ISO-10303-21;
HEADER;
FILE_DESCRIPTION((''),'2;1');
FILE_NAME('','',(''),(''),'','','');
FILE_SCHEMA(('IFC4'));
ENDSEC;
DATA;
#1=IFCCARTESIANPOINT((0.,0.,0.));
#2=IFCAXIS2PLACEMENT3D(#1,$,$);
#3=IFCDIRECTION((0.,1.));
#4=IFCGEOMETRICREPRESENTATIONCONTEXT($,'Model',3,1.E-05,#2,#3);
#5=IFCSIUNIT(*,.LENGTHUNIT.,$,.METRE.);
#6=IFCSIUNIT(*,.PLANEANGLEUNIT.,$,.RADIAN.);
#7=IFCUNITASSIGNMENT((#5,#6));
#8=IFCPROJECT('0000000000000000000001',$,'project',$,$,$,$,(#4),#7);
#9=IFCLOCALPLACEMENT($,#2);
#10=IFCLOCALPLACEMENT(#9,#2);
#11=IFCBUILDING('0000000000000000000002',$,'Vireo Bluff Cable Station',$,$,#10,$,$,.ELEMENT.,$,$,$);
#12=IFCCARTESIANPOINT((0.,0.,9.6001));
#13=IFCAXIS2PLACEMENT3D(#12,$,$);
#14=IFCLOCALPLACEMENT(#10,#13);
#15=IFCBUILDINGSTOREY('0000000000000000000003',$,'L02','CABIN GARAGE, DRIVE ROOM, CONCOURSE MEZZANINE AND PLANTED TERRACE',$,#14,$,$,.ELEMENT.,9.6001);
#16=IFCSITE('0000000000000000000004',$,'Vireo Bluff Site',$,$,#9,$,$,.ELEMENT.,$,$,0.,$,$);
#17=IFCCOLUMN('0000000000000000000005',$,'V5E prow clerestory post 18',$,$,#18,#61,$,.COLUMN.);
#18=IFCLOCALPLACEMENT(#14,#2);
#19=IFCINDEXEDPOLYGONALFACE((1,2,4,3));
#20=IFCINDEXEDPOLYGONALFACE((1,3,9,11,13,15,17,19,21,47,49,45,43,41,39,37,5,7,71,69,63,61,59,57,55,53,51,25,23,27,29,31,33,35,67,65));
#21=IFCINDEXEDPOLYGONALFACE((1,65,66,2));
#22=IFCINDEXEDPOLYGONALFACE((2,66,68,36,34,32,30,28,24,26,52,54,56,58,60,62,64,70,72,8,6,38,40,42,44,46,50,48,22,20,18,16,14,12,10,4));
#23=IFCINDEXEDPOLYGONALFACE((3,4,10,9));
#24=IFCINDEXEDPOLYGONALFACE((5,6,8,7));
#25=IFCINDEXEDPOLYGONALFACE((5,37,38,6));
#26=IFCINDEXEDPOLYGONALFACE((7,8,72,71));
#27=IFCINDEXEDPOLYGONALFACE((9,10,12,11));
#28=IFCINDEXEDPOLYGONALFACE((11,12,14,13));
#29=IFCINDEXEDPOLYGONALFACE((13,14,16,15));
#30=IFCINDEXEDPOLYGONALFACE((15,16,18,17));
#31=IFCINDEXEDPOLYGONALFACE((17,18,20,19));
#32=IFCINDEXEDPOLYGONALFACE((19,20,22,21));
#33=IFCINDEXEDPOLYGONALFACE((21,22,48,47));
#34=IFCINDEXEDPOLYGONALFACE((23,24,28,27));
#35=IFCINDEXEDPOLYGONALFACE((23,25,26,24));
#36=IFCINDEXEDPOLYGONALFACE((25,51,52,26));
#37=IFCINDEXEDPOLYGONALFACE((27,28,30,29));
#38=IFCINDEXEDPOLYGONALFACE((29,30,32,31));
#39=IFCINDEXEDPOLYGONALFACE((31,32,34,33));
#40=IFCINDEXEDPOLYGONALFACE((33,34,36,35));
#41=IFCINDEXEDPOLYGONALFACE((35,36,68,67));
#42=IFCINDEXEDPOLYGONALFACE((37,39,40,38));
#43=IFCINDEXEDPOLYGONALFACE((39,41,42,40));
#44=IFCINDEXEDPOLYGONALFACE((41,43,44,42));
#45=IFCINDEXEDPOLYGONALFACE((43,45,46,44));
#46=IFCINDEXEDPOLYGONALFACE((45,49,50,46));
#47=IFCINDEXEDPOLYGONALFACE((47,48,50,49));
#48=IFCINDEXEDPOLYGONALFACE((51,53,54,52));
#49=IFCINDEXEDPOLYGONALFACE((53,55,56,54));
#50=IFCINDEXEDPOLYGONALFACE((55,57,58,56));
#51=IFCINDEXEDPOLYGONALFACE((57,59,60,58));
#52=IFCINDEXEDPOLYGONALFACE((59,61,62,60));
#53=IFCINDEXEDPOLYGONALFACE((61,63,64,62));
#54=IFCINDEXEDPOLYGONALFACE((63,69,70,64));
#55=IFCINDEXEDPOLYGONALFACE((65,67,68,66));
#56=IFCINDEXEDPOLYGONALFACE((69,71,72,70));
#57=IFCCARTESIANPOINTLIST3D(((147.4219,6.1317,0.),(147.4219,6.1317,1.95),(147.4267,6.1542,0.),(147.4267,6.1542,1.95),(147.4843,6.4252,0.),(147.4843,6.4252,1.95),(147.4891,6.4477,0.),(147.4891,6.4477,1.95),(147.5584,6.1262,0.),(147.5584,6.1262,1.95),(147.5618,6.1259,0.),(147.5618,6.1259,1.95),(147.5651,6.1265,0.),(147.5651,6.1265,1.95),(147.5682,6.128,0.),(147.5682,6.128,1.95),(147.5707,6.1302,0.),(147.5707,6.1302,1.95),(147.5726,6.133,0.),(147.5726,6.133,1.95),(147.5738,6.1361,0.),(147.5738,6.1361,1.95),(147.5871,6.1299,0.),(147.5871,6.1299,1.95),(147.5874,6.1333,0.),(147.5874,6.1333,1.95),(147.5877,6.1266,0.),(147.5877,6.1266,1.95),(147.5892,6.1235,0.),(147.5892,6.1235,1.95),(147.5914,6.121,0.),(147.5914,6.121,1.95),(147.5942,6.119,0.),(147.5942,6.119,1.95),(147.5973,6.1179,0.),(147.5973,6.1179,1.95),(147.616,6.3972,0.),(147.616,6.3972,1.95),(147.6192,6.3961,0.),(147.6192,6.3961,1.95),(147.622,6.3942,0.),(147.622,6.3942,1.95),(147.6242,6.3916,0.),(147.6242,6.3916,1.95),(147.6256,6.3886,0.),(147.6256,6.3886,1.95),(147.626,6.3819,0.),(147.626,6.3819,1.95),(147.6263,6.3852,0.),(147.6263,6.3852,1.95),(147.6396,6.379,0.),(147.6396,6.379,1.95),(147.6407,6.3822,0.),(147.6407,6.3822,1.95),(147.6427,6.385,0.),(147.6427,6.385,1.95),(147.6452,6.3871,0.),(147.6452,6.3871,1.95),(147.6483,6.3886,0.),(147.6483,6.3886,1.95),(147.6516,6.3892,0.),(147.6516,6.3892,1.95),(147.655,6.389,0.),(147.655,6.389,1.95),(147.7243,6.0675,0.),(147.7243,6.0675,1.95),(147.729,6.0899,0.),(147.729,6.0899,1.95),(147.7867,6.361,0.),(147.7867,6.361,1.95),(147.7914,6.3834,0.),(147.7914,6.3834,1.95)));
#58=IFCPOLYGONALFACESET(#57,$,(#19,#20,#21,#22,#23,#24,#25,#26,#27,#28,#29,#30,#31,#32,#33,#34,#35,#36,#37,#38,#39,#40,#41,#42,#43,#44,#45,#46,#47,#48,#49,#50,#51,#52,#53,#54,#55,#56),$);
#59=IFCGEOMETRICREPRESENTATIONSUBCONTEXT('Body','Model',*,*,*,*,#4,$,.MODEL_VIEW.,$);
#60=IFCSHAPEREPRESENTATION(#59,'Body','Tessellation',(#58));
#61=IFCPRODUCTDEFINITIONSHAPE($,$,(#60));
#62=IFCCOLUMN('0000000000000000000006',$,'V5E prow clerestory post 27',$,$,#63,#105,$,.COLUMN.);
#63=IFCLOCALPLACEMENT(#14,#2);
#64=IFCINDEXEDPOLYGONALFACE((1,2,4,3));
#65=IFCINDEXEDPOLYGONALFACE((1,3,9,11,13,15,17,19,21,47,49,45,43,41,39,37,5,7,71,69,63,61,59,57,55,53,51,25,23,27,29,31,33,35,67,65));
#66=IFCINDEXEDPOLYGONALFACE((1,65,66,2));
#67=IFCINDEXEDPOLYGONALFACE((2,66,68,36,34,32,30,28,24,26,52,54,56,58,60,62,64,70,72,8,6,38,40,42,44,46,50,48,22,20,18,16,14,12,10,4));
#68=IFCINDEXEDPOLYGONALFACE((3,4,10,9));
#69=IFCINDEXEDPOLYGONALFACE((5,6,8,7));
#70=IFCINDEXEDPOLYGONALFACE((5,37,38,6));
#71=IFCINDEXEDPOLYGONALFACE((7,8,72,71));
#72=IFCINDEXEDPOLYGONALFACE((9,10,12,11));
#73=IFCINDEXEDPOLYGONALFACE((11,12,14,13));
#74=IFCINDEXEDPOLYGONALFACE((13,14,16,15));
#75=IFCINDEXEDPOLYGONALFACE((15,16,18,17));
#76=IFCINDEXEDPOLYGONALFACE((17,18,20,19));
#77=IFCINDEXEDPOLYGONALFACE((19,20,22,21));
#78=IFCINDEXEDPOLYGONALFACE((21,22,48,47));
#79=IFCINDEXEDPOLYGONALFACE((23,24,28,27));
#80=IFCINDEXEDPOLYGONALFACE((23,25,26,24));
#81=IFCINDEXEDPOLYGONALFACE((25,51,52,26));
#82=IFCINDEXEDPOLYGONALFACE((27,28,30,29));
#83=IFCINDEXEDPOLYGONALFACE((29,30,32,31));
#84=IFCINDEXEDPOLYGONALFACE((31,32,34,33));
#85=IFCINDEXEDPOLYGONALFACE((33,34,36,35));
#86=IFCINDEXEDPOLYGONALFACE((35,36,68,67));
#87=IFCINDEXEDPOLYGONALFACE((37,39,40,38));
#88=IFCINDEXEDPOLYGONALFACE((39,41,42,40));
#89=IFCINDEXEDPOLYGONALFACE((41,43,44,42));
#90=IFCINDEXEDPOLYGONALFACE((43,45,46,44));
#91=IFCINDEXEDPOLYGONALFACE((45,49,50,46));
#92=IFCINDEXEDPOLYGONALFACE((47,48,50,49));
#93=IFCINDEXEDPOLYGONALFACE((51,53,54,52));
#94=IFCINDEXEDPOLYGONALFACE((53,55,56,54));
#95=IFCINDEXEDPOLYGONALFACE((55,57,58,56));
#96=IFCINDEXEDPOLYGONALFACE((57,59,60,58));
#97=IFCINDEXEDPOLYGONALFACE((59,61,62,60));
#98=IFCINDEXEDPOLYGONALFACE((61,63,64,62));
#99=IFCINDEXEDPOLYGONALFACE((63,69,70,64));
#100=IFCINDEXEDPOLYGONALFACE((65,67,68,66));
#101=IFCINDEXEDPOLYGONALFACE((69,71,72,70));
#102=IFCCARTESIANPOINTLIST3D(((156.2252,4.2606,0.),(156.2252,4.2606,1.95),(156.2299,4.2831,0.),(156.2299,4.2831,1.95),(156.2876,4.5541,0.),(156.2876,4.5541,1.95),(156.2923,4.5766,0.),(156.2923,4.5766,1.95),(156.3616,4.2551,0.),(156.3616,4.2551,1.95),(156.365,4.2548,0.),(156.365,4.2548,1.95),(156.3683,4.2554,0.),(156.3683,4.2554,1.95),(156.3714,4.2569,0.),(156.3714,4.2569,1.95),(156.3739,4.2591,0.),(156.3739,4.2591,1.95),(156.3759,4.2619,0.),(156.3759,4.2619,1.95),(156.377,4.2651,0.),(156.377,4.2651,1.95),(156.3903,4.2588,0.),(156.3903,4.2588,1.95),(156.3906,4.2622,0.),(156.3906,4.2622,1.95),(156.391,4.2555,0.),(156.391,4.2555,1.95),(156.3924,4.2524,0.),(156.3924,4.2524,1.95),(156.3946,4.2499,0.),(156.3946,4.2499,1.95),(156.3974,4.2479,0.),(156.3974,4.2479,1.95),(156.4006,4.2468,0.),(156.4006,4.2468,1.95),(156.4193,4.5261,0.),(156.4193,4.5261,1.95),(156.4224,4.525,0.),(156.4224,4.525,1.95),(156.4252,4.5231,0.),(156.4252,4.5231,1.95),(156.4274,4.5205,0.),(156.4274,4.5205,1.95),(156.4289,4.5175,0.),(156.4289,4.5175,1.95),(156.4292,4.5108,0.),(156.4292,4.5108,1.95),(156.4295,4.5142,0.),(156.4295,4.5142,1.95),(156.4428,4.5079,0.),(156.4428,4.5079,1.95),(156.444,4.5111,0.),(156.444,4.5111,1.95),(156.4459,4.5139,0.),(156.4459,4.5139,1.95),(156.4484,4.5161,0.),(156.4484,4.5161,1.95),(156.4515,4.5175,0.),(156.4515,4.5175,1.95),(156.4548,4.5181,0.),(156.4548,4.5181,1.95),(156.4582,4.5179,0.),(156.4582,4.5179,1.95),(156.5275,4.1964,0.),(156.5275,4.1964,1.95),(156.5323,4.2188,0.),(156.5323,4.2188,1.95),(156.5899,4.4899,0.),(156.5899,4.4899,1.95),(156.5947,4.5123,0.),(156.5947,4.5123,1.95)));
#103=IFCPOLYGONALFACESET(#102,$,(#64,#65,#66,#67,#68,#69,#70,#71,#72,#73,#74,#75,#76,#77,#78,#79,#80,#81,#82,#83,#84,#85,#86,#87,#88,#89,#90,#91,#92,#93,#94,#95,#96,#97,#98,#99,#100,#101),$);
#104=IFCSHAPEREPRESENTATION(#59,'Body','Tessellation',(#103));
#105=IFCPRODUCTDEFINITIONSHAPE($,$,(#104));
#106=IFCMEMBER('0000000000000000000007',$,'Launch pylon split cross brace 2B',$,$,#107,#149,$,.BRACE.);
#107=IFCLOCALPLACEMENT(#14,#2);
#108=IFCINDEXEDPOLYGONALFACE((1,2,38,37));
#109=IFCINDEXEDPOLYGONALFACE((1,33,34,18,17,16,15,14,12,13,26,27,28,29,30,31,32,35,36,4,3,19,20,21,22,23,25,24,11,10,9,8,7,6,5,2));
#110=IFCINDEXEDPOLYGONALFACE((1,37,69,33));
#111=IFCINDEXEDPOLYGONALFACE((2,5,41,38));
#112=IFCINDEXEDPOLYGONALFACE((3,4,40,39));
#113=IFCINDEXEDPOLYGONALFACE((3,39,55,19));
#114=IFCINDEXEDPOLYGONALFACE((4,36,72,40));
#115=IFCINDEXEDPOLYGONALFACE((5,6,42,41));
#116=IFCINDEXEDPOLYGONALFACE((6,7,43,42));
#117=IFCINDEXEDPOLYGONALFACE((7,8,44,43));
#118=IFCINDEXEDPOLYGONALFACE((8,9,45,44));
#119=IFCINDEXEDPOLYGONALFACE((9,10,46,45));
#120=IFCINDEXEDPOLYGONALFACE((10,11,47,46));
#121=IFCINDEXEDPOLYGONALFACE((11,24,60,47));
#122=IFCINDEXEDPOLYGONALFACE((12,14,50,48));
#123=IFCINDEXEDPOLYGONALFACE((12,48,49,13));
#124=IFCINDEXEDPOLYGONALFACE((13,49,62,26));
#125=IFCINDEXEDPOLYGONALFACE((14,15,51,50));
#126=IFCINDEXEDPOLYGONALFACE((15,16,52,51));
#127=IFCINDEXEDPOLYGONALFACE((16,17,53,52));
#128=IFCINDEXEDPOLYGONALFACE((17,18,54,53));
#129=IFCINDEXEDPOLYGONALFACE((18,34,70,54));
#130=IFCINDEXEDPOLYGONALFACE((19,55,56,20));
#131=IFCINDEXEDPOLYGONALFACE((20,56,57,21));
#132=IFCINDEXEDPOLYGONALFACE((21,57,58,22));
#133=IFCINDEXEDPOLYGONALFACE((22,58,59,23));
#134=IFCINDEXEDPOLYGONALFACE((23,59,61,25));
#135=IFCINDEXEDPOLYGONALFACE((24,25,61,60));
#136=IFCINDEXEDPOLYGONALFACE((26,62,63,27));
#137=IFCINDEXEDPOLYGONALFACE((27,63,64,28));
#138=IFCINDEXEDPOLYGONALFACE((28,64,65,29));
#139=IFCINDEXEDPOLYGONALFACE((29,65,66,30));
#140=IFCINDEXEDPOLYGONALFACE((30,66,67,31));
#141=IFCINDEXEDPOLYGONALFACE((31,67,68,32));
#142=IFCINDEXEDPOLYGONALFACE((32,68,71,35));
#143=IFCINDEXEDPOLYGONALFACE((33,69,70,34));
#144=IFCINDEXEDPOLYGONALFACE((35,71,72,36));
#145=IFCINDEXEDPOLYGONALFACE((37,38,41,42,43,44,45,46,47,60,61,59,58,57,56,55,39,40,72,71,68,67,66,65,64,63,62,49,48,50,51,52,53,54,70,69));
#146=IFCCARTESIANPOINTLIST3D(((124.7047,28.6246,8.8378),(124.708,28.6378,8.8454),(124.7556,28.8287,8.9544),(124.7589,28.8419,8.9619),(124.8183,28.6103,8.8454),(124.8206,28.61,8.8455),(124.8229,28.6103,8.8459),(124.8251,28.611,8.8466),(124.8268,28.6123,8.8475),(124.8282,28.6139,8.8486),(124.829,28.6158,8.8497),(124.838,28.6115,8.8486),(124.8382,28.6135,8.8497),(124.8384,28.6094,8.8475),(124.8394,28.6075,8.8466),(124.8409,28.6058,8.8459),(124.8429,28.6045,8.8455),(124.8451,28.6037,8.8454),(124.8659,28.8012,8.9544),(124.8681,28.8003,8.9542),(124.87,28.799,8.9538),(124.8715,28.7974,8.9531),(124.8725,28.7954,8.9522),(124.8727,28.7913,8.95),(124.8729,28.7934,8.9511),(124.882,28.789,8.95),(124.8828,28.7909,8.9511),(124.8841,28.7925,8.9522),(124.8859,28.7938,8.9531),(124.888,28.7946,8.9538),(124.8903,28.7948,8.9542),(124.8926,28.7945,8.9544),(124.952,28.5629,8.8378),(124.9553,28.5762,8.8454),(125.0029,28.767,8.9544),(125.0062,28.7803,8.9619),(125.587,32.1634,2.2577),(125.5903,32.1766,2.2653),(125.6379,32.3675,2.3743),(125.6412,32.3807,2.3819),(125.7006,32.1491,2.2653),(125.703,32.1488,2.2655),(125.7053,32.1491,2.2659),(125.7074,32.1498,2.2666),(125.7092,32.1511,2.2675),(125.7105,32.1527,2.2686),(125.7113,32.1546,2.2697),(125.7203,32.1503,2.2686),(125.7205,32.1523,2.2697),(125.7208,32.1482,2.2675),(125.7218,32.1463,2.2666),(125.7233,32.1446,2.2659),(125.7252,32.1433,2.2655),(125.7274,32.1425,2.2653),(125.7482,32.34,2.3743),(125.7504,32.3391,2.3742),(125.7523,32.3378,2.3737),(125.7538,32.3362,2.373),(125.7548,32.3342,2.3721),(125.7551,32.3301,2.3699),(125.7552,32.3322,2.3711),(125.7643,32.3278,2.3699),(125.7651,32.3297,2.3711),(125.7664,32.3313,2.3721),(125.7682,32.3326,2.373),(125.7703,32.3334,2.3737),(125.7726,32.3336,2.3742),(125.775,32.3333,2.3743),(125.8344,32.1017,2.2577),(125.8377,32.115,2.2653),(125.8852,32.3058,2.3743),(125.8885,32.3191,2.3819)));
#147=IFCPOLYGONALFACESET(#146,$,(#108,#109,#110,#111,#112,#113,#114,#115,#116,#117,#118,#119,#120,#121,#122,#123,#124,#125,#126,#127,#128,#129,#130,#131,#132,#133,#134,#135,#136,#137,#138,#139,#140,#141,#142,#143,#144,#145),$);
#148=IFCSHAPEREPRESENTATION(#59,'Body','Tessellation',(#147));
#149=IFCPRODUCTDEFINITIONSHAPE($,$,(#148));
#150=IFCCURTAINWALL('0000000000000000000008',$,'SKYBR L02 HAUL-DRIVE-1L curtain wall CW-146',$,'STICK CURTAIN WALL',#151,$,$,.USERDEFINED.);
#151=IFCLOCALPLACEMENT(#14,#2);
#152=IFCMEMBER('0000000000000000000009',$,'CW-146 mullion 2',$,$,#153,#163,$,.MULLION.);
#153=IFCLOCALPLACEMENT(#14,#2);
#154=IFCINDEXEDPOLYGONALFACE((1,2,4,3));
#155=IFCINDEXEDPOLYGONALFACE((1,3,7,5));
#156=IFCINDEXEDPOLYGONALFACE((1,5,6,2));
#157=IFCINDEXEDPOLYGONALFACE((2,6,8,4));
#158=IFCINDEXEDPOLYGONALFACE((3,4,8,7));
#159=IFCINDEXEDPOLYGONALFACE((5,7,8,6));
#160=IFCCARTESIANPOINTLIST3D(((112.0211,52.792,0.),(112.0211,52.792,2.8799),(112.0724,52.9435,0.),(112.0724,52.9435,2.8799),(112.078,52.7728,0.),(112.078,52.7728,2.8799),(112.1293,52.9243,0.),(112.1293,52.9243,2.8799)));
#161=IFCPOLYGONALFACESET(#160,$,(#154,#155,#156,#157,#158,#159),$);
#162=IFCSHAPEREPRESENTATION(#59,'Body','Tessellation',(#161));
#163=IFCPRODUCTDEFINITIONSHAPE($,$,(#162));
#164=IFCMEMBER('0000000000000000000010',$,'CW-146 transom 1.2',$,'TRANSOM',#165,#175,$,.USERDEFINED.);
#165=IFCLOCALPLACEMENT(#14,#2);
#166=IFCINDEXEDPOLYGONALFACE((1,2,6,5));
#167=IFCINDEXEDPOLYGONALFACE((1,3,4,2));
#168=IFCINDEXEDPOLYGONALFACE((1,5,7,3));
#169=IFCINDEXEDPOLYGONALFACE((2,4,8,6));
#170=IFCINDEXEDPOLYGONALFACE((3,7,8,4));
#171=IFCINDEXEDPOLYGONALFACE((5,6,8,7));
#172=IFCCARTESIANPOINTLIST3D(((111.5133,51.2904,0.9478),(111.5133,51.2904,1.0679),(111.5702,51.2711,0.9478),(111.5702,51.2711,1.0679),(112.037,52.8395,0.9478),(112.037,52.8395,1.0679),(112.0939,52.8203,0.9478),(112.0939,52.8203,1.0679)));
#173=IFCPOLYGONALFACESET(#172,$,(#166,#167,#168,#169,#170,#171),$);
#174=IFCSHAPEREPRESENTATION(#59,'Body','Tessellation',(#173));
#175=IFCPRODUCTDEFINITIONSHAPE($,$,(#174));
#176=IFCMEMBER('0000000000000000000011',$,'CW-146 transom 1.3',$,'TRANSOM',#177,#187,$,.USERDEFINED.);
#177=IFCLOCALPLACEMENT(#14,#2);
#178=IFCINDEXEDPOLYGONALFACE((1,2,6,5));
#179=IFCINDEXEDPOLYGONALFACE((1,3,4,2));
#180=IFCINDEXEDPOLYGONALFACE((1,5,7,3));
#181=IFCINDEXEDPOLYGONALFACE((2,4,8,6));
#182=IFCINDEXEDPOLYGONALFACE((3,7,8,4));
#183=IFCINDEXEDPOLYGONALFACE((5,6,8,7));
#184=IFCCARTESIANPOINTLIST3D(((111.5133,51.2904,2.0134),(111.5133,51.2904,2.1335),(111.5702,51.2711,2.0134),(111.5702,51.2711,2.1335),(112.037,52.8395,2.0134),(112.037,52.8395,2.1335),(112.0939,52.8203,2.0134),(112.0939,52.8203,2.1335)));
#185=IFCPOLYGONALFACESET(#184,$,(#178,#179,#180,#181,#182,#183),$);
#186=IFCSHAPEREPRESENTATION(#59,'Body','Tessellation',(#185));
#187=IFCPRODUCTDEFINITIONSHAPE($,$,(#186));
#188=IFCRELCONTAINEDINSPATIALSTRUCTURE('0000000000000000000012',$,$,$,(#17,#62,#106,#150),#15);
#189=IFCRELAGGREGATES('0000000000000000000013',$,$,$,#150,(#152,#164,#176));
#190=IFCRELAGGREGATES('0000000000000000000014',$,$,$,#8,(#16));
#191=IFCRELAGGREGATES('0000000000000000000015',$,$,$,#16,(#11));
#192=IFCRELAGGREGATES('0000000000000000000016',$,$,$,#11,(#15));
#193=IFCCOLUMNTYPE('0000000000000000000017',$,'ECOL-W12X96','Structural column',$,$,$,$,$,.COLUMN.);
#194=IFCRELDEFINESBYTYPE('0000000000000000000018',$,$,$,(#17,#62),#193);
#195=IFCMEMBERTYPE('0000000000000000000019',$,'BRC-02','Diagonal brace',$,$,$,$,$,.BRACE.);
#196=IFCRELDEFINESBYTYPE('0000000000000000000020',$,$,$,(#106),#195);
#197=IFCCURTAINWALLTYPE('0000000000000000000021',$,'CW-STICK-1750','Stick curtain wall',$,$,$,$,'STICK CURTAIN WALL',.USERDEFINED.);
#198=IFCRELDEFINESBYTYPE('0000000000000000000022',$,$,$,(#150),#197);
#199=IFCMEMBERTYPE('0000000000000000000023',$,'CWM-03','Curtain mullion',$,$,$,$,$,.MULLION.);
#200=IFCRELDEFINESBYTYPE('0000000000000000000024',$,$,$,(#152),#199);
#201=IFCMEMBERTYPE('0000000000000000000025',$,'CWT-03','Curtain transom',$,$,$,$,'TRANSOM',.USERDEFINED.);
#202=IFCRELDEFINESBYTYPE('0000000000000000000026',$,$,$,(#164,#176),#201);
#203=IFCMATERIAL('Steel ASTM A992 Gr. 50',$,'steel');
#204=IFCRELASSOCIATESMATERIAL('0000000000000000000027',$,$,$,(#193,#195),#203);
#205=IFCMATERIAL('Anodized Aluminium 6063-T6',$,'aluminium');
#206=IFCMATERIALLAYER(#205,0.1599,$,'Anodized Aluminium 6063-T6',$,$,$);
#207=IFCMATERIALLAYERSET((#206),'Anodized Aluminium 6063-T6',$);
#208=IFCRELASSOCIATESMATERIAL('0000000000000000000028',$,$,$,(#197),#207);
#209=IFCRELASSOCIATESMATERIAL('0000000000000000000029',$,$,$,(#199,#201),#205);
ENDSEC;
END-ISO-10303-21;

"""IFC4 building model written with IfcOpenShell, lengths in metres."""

from ifc_helpers import new_model, si_unit, direction, frame, origin, origin_2d, place, context, subcontext, project, spatial, rectangle, i_section, extrude, material, layer, layer_set, material_profile, profile_set, type_object, element, aggregate, save


model = new_model("IFC4")

# Units and contexts
model_context = context("Model", 3, precision=1e-05, world=origin(), true_north=direction((0.0, 1.0)))
body_context = subcontext(model_context, "Body", "Model", "MODEL_VIEW")
ifc_project = project(units=[si_unit("LENGTHUNIT", "METRE"), si_unit("PLANEANGLEUNIT", "RADIAN")], contexts=[model_context])

# Site, building, storey
site_placement = place(None, origin())
site = spatial("IfcSite", under=ifc_project, at=site_placement, Name="Vireo Bluff Site", CompositionType="ELEMENT", RefElevation=0.0)
building_placement = place(site_placement, origin())
building = spatial("IfcBuilding", under=site, at=building_placement, Name="Vireo Bluff Cable Station", CompositionType="ELEMENT")
storey_placement = place(building_placement, frame((0.0, 0.0, 9.6001)))
storey = spatial("IfcBuildingStorey", under=building, at=storey_placement, Name="L02", Description="CABIN GARAGE, DRIVE ROOM, CONCOURSE MEZZANINE AND PLANTED TERRACE", CompositionType="ELEMENT", Elevation=9.6001)

# Columns
ifc_material_1 = material(Name="Steel ASTM A992 Gr. 50", Category="steel")
ifc_material_profile_1 = material_profile(ifc_material_1, i_section(OverallWidth=0.3091, OverallDepth=0.323, WebThickness=0.0139, FlangeThickness=0.0229, FilletRadius=0.0129, at=origin_2d()), Name="W12X96")
ifc_profile_set_1 = profile_set([ifc_material_profile_1], Name="Steel ASTM A992 Gr. 50")
column_type_1 = type_object("IfcColumnType", Name="ECOL-W12X96", Description="Structural column", PredefinedType="COLUMN", material=ifc_profile_set_1)
for number, where, z_axis, x_axis, name in (
    (1, (147.6067, 6.2576, 0.0), (0.0, 0.0, 1.0), (0.978148, -0.207912, 0.0), "V5E prow clerestory post 18"),
    (2, (156.4099, 4.3865, 0.0), (0.0, 0.0, 1.0), (0.978148, -0.207912, 0.0), "V5E prow clerestory post 27"),
):
    element("IfcColumn", number, at=place(storey_placement, frame(where, z_axis=z_axis, x_axis=x_axis)), inside=storey, type_object=column_type_1, Name=name, PredefinedType="COLUMN", context=body_context, shape_type="SweptSolid", body=[
        extrude(i_section(OverallWidth=0.3091, OverallDepth=0.323, WebThickness=0.0139, FlangeThickness=0.0229, FilletRadius=0.0129, at=origin_2d()), origin(), (0.0, 0.0, 1.0), 1.95),
    ])

# Member
ifc_material_profile_2 = material_profile(ifc_material_1, i_section(OverallWidth=0.2549, OverallDepth=0.2561, WebThickness=0.0095, FlangeThickness=0.0156, FilletRadius=0.009, at=origin_2d()), Name="W10X54")
ifc_profile_set_2 = profile_set([ifc_material_profile_2], Name="Steel ASTM A992 Gr. 50")
member_type_1 = type_object("IfcMemberType", Name="BRC-02", Description="Diagonal brace", PredefinedType="BRACE", material=ifc_profile_set_2)
member_1_placement = place(storey_placement, frame((125.7378, 32.2412, 2.3198), z_axis=(-0.11728, -0.470385, 0.874633), x_axis=(0.970296, -0.241921, 0.0)))
element("IfcMember", 3, at=member_1_placement, inside=storey, type_object=member_type_1, Name="Launch pylon split cross brace 2B", PredefinedType="BRACE", context=body_context, shape_type="SweptSolid", body=[
    extrude(i_section(OverallWidth=0.2549, OverallDepth=0.2561, WebThickness=0.0095, FlangeThickness=0.0156, FilletRadius=0.009, at=origin_2d()), origin(), (0.0, 0.0, 1.0), 7.5232),
])

# Curtain wall, members
ifc_material_2 = material(Name="Anodized Aluminium 6063-T6", Category="aluminium")
ifc_layer_1 = layer(ifc_material_2, 0.1599, Name="Anodized Aluminium 6063-T6")
ifc_layer_set_1 = layer_set([ifc_layer_1], Name="Anodized Aluminium 6063-T6")
curtain_wall_type = type_object("IfcCurtainWallType", Name="CW-STICK-1750", Description="Stick curtain wall", ElementType="STICK CURTAIN WALL", PredefinedType="USERDEFINED", material=ifc_layer_set_1)
curtain_wall_placement = place(storey_placement, origin())
curtain_wall = element("IfcCurtainWall", 4, at=curtain_wall_placement, inside=storey, type_object=curtain_wall_type, Name="SKYBR L02 HAUL-DRIVE-1L curtain wall CW-146", ObjectType="STICK CURTAIN WALL", PredefinedType="USERDEFINED")
ifc_material_profile_3 = material_profile(ifc_material_2, rectangle(XDim=0.0601, YDim=0.1599, at=origin_2d()), Name="ALU-M-60X160")
ifc_profile_set_3 = profile_set([ifc_material_profile_3], Name="Anodized Aluminium 6063-T6")
member_type_2 = type_object("IfcMemberType", Name="CWM-03", Description="Curtain mullion", PredefinedType="MULLION", material=ifc_profile_set_3)
member_2_placement = place(storey_placement, frame((112.0752, 52.8582, 0.0), z_axis=(0.0, 0.0, 1.0), x_axis=(-0.947295, 0.320364, 0.0)))
member_2 = element("IfcMember", 5, at=member_2_placement, type_object=member_type_2, Name="CW-146 mullion 2", PredefinedType="MULLION", context=body_context, shape_type="SweptSolid", body=[
    extrude(rectangle(XDim=0.0601, YDim=0.1599, at=origin_2d()), origin(), (0.0, 0.0, 1.0), 2.8799),
])
ifc_material_profile_4 = material_profile(ifc_material_2, rectangle(XDim=0.0601, YDim=0.1201, at=origin_2d()), Name="ALU-T-60X120")
ifc_profile_set_4 = profile_set([ifc_material_profile_4], Name="Anodized Aluminium 6063-T6")
member_type_3 = type_object("IfcMemberType", Name="CWT-03", Description="Curtain transom", ElementType="TRANSOM", PredefinedType="USERDEFINED", material=ifc_profile_set_4)
member_3_placement = place(storey_placement, frame((111.5417, 51.2808, 1.0078), z_axis=(0.320256, 0.947331, 0.0), x_axis=(-0.947331, 0.320256, 0.0)))
member_3 = element("IfcMember", 6, at=member_3_placement, type_object=member_type_3, Name="CW-146 transom 1.2", ObjectType="TRANSOM", PredefinedType="USERDEFINED", context=body_context, shape_type="SweptSolid", body=[
    extrude(rectangle(XDim=0.0601, YDim=0.1201, at=origin_2d()), origin(), (0.0, 0.0, 1.0), 1.6353),
])
member_4_placement = place(storey_placement, frame((111.5417, 51.2808, 2.0735), z_axis=(0.320256, 0.947331, 0.0), x_axis=(-0.947331, 0.320256, 0.0)))
member_4 = element("IfcMember", 7, at=member_4_placement, type_object=member_type_3, Name="CW-146 transom 1.3", ObjectType="TRANSOM", PredefinedType="USERDEFINED", context=body_context, shape_type="SweptSolid", body=[
    extrude(rectangle(XDim=0.0601, YDim=0.1201, at=origin_2d()), origin(), (0.0, 0.0, 1.0), 1.6353),
])

aggregate(curtain_wall, [member_2, member_3, member_4])

save(model, "model.ifc")
